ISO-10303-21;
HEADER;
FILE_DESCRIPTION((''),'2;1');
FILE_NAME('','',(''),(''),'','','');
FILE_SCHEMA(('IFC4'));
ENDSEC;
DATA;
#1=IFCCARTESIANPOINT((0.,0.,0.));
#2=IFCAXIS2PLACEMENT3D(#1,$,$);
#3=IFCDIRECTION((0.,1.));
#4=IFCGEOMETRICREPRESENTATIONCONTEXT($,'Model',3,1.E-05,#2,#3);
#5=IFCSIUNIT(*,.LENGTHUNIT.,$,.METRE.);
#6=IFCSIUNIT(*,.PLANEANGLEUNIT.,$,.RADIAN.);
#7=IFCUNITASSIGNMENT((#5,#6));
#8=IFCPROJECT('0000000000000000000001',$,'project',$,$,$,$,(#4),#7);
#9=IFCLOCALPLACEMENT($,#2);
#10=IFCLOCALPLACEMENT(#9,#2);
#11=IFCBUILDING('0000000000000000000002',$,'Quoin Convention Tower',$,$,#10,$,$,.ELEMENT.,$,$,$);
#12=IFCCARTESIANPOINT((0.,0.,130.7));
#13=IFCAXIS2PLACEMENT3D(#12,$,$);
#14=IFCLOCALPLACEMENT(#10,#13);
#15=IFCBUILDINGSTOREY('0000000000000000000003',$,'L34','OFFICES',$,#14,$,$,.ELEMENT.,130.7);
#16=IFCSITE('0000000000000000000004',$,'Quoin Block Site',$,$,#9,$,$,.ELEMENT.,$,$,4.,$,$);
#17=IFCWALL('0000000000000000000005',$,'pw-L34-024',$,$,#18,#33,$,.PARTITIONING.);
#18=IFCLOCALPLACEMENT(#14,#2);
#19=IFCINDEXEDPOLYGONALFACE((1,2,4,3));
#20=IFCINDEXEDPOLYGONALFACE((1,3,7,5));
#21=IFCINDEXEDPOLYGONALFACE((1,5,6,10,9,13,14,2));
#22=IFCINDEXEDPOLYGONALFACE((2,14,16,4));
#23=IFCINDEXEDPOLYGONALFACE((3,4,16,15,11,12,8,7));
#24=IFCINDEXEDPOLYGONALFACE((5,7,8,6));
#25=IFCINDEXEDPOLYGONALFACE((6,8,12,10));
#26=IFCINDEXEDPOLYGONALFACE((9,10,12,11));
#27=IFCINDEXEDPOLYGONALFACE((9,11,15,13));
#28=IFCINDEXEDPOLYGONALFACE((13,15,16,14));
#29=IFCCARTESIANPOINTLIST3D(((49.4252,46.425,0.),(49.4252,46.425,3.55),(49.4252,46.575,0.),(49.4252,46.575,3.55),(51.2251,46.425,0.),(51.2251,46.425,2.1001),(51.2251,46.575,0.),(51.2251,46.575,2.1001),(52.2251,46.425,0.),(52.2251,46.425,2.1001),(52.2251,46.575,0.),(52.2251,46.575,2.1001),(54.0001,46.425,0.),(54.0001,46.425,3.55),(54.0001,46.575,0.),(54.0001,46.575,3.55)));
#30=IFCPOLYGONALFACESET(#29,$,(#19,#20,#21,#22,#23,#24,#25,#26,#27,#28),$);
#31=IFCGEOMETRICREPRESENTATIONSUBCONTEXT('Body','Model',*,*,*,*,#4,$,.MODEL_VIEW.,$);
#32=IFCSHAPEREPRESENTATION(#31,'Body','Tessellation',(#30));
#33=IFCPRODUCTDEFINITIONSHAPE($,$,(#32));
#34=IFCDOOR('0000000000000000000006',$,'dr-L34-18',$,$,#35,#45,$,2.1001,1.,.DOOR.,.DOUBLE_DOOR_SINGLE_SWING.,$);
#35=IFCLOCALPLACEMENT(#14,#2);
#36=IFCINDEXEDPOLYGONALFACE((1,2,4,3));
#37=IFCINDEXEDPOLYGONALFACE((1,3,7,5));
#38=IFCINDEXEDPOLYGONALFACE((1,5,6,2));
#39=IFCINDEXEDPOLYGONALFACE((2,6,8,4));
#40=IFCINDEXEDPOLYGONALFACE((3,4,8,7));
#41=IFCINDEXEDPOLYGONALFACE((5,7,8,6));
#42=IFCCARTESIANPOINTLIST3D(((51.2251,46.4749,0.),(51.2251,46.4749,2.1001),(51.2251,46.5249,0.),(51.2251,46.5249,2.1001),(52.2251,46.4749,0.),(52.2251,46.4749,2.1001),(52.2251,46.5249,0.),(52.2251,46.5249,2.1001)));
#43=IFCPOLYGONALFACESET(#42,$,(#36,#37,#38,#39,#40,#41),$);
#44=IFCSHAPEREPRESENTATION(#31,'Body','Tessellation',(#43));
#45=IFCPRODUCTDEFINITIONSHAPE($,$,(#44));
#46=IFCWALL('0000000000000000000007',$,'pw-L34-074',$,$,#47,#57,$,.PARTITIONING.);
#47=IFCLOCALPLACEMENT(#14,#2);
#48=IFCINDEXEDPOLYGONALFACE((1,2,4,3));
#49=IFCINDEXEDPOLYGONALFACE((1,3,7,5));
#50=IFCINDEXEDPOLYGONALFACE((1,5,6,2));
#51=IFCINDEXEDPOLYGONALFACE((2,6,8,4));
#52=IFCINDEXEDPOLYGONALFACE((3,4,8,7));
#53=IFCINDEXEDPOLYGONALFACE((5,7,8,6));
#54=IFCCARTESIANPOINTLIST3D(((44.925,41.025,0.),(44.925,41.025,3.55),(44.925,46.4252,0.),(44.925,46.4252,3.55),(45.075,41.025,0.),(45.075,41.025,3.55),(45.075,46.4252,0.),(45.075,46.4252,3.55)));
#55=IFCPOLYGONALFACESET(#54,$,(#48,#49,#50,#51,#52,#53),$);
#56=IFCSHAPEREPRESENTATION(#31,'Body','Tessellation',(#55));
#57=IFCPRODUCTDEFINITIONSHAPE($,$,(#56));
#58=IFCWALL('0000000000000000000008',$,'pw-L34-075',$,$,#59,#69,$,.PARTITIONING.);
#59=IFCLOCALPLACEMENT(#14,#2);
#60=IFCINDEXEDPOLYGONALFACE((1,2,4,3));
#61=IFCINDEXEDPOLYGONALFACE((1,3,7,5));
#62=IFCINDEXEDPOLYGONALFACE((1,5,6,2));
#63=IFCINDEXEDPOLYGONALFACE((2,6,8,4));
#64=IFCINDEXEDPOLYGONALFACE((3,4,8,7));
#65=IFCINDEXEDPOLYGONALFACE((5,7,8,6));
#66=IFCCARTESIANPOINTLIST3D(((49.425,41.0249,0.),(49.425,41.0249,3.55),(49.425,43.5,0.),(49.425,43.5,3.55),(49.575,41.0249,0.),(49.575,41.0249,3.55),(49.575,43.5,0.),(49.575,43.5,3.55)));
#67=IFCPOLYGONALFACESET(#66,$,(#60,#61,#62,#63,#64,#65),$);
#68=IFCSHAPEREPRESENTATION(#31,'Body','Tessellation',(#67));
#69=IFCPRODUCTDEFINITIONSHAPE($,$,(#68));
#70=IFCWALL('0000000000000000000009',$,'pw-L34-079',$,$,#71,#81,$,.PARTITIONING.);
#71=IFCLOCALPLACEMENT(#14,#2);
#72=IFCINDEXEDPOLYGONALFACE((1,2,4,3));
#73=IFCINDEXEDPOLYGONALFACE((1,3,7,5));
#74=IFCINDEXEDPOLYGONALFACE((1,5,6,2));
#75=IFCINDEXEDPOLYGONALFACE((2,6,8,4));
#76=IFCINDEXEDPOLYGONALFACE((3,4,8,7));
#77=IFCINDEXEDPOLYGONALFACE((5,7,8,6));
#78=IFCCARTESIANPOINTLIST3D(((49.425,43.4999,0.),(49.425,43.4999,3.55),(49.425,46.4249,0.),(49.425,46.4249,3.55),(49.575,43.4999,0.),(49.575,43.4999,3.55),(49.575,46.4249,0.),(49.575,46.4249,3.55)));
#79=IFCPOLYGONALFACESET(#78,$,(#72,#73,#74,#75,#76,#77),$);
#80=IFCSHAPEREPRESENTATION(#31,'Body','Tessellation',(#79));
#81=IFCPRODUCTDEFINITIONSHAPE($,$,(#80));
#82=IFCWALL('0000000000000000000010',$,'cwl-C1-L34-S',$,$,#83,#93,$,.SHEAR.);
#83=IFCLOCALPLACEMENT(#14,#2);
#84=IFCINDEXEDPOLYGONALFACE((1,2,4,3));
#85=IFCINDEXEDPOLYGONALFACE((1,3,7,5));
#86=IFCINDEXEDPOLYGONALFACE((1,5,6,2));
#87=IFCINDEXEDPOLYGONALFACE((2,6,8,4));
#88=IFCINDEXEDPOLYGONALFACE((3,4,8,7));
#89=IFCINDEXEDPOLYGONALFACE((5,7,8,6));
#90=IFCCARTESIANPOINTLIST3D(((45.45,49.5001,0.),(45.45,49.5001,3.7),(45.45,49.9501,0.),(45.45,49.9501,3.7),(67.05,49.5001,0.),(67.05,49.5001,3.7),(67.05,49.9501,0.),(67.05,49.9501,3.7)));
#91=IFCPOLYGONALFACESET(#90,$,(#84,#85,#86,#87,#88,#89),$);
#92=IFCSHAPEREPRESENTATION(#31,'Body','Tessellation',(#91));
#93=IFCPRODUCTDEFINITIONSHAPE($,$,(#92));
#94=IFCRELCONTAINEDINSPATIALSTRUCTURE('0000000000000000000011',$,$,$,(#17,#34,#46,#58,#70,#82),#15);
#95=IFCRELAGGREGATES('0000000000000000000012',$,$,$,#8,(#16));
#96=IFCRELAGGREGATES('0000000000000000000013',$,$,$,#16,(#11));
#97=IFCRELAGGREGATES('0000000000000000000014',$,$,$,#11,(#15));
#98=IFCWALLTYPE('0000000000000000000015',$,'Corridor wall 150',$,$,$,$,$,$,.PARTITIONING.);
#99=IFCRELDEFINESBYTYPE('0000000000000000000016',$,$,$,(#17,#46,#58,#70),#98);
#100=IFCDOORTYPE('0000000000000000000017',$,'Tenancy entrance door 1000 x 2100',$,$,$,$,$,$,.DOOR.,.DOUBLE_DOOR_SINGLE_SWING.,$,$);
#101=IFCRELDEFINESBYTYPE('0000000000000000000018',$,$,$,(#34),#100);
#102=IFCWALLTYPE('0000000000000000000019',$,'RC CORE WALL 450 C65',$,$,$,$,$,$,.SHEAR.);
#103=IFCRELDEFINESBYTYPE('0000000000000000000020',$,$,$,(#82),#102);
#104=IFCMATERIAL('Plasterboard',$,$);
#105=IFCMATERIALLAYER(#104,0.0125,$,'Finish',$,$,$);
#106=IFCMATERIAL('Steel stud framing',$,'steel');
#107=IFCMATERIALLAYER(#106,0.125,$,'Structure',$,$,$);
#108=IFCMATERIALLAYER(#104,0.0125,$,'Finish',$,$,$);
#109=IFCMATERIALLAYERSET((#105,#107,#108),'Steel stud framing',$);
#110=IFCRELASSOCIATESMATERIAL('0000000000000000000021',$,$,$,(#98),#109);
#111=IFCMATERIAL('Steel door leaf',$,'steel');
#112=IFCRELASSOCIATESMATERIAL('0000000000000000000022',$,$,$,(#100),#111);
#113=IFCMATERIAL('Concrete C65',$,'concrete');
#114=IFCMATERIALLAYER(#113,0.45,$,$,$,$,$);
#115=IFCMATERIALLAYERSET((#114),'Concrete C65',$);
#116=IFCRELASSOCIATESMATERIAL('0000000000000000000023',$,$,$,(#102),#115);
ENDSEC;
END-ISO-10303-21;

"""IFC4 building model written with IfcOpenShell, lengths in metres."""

from ifc_helpers import new_model, si_unit, direction, frame, frame_2d, origin, place, context, subcontext, project, spatial, rectangle, extrude, material, layer, layer_set, type_object, element, fill, save


model = new_model("IFC4")

# Units and contexts
model_context = context("Model", 3, precision=1e-05, world=origin(), true_north=direction((0.0, 1.0)))
body_context = subcontext(model_context, "Body", "Model", "MODEL_VIEW")
ifc_project = project(units=[si_unit("LENGTHUNIT", "METRE"), si_unit("PLANEANGLEUNIT", "RADIAN")], contexts=[model_context])

# Site, building, storey
site_placement = place(None, origin())
site = spatial("IfcSite", under=ifc_project, at=site_placement, Name="Quoin Block Site", CompositionType="ELEMENT", RefElevation=4.0)
building_placement = place(site_placement, origin())
building = spatial("IfcBuilding", under=site, at=building_placement, Name="Quoin Convention Tower", CompositionType="ELEMENT")
storey_placement = place(building_placement, frame((0.0, 0.0, 130.7)))
storey = spatial("IfcBuildingStorey", under=building, at=storey_placement, Name="L34", Description="OFFICES", CompositionType="ELEMENT", Elevation=130.7)

# Shared definitions
ifc_material_1 = material(Name="Plasterboard")
ifc_material_2 = material(Name="Steel stud framing", Category="steel")

# Wall, opening, door
ifc_layer_1 = layer(ifc_material_1, 0.0125, Name="Finish")
ifc_layer_2 = layer(ifc_material_2, 0.125, Name="Structure")
ifc_layer_3 = layer(ifc_material_1, 0.0125, Name="Finish")
ifc_layer_set_1 = layer_set([ifc_layer_1, ifc_layer_2, ifc_layer_3], Name="Steel stud framing")
wall_type_1 = type_object("IfcWallType", Name="Corridor wall 150", PredefinedType="PARTITIONING", material=ifc_layer_set_1)
wall_1_placement = place(storey_placement, frame((49.425, 46.5, 0.0), z_axis=(0.0, 0.0, 1.0), x_axis=(1.0, 0.0, 0.0)))
wall_1 = element("IfcWall", 1, at=wall_1_placement, inside=storey, type_object=wall_type_1, Name="pw-L34-024", PredefinedType="PARTITIONING", context=body_context, shape_type="SweptSolid", body=[
    extrude(rectangle(XDim=4.575, YDim=0.1499, at=frame_2d((2.2876, 0.0))), origin(), (0.0, 0.0, 1.0), 3.55),
])
opening_1_placement = place(wall_1_placement, frame((1.8, 0.0, 0.0)))
opening_1 = element("IfcOpeningElement", 2, at=opening_1_placement, cuts=wall_1, PredefinedType="OPENING", context=body_context, shape_type="SweptSolid", body=[
    extrude(rectangle(XDim=1.0, YDim=2.1001, at=frame_2d((0.5, 1.05))), frame((0.0, 0.085, 0.0), z_axis=(0.0, -1.0, 0.0), x_axis=(1.0, 0.0, 0.0)), (0.0, 0.0, 1.0), 0.1699),
])
ifc_material_3 = material(Name="Steel door leaf", Category="steel")
door_type_1 = type_object("IfcDoorType", Name="Tenancy entrance door 1000 x 2100", OperationType="DOUBLE_DOOR_SINGLE_SWING", PredefinedType="DOOR", material=ifc_material_3)
door_1_placement = place(opening_1_placement, origin())
door_1 = element("IfcDoor", 3, at=door_1_placement, inside=storey, type_object=door_type_1, Name="dr-L34-18", OperationType="DOUBLE_DOOR_SINGLE_SWING", OverallHeight=2.1001, OverallWidth=1.0, PredefinedType="DOOR", context=body_context, shape_type="SweptSolid", body=[
    extrude(rectangle(XDim=1.0, YDim=2.1001, at=frame_2d((0.5, 1.05))), frame((0.0, 0.0249, 0.0), z_axis=(0.0, -1.0, 0.0), x_axis=(1.0, 0.0, 0.0)), (0.0, 0.0, 1.0), 0.05),
])
fill(opening_1, door_1)

# Walls
wall_2_placement = place(storey_placement, frame((45.0, 41.0249, 0.0), z_axis=(0.0, 0.0, 1.0), x_axis=(0.0, 1.0, 0.0)))
element("IfcWall", 4, at=wall_2_placement, inside=storey, type_object=wall_type_1, Name="pw-L34-074", PredefinedType="PARTITIONING", context=body_context, shape_type="SweptSolid", body=[
    extrude(rectangle(XDim=5.4001, YDim=0.1499, at=frame_2d((2.7002, 0.0))), origin(), (0.0, 0.0, 1.0), 3.55),
])
wall_3_placement = place(storey_placement, frame((49.5, 41.0249, 0.0), z_axis=(0.0, 0.0, 1.0), x_axis=(0.0, 1.0, 0.0)))
element("IfcWall", 5, at=wall_3_placement, inside=storey, type_object=wall_type_1, Name="pw-L34-075", PredefinedType="PARTITIONING", context=body_context, shape_type="SweptSolid", body=[
    extrude(rectangle(XDim=2.4751, YDim=0.1499, at=frame_2d((1.2375, 0.0))), origin(), (0.0, 0.0, 1.0), 3.55),
])
wall_4_placement = place(storey_placement, frame((49.5, 43.5, 0.0), z_axis=(0.0, 0.0, 1.0), x_axis=(0.0, 1.0, 0.0)))
element("IfcWall", 6, at=wall_4_placement, inside=storey, type_object=wall_type_1, Name="pw-L34-079", PredefinedType="PARTITIONING", context=body_context, shape_type="SweptSolid", body=[
    extrude(rectangle(XDim=2.925, YDim=0.1499, at=frame_2d((1.4624, 0.0))), origin(), (0.0, 0.0, 1.0), 3.55),
])
ifc_material_4 = material(Name="Concrete C65", Category="concrete")
ifc_layer_4 = layer(ifc_material_4, 0.45)
ifc_layer_set_2 = layer_set([ifc_layer_4], Name="Concrete C65")
wall_type_2 = type_object("IfcWallType", Name="RC CORE WALL 450 C65", PredefinedType="SHEAR", material=ifc_layer_set_2)
wall_5_placement = place(storey_placement, frame((45.45, 49.7251, 0.0), z_axis=(0.0, 0.0, 1.0), x_axis=(1.0, 0.0, 0.0)))
element("IfcWall", 7, at=wall_5_placement, inside=storey, type_object=wall_type_2, Name="cwl-C1-L34-S", PredefinedType="SHEAR", context=body_context, shape_type="SweptSolid", body=[
    extrude(rectangle(XDim=21.6001, YDim=0.45, at=frame_2d((10.8, 0.0))), origin(), (0.0, 0.0, 1.0), 3.7),
])

save(model, "model.ifc")
